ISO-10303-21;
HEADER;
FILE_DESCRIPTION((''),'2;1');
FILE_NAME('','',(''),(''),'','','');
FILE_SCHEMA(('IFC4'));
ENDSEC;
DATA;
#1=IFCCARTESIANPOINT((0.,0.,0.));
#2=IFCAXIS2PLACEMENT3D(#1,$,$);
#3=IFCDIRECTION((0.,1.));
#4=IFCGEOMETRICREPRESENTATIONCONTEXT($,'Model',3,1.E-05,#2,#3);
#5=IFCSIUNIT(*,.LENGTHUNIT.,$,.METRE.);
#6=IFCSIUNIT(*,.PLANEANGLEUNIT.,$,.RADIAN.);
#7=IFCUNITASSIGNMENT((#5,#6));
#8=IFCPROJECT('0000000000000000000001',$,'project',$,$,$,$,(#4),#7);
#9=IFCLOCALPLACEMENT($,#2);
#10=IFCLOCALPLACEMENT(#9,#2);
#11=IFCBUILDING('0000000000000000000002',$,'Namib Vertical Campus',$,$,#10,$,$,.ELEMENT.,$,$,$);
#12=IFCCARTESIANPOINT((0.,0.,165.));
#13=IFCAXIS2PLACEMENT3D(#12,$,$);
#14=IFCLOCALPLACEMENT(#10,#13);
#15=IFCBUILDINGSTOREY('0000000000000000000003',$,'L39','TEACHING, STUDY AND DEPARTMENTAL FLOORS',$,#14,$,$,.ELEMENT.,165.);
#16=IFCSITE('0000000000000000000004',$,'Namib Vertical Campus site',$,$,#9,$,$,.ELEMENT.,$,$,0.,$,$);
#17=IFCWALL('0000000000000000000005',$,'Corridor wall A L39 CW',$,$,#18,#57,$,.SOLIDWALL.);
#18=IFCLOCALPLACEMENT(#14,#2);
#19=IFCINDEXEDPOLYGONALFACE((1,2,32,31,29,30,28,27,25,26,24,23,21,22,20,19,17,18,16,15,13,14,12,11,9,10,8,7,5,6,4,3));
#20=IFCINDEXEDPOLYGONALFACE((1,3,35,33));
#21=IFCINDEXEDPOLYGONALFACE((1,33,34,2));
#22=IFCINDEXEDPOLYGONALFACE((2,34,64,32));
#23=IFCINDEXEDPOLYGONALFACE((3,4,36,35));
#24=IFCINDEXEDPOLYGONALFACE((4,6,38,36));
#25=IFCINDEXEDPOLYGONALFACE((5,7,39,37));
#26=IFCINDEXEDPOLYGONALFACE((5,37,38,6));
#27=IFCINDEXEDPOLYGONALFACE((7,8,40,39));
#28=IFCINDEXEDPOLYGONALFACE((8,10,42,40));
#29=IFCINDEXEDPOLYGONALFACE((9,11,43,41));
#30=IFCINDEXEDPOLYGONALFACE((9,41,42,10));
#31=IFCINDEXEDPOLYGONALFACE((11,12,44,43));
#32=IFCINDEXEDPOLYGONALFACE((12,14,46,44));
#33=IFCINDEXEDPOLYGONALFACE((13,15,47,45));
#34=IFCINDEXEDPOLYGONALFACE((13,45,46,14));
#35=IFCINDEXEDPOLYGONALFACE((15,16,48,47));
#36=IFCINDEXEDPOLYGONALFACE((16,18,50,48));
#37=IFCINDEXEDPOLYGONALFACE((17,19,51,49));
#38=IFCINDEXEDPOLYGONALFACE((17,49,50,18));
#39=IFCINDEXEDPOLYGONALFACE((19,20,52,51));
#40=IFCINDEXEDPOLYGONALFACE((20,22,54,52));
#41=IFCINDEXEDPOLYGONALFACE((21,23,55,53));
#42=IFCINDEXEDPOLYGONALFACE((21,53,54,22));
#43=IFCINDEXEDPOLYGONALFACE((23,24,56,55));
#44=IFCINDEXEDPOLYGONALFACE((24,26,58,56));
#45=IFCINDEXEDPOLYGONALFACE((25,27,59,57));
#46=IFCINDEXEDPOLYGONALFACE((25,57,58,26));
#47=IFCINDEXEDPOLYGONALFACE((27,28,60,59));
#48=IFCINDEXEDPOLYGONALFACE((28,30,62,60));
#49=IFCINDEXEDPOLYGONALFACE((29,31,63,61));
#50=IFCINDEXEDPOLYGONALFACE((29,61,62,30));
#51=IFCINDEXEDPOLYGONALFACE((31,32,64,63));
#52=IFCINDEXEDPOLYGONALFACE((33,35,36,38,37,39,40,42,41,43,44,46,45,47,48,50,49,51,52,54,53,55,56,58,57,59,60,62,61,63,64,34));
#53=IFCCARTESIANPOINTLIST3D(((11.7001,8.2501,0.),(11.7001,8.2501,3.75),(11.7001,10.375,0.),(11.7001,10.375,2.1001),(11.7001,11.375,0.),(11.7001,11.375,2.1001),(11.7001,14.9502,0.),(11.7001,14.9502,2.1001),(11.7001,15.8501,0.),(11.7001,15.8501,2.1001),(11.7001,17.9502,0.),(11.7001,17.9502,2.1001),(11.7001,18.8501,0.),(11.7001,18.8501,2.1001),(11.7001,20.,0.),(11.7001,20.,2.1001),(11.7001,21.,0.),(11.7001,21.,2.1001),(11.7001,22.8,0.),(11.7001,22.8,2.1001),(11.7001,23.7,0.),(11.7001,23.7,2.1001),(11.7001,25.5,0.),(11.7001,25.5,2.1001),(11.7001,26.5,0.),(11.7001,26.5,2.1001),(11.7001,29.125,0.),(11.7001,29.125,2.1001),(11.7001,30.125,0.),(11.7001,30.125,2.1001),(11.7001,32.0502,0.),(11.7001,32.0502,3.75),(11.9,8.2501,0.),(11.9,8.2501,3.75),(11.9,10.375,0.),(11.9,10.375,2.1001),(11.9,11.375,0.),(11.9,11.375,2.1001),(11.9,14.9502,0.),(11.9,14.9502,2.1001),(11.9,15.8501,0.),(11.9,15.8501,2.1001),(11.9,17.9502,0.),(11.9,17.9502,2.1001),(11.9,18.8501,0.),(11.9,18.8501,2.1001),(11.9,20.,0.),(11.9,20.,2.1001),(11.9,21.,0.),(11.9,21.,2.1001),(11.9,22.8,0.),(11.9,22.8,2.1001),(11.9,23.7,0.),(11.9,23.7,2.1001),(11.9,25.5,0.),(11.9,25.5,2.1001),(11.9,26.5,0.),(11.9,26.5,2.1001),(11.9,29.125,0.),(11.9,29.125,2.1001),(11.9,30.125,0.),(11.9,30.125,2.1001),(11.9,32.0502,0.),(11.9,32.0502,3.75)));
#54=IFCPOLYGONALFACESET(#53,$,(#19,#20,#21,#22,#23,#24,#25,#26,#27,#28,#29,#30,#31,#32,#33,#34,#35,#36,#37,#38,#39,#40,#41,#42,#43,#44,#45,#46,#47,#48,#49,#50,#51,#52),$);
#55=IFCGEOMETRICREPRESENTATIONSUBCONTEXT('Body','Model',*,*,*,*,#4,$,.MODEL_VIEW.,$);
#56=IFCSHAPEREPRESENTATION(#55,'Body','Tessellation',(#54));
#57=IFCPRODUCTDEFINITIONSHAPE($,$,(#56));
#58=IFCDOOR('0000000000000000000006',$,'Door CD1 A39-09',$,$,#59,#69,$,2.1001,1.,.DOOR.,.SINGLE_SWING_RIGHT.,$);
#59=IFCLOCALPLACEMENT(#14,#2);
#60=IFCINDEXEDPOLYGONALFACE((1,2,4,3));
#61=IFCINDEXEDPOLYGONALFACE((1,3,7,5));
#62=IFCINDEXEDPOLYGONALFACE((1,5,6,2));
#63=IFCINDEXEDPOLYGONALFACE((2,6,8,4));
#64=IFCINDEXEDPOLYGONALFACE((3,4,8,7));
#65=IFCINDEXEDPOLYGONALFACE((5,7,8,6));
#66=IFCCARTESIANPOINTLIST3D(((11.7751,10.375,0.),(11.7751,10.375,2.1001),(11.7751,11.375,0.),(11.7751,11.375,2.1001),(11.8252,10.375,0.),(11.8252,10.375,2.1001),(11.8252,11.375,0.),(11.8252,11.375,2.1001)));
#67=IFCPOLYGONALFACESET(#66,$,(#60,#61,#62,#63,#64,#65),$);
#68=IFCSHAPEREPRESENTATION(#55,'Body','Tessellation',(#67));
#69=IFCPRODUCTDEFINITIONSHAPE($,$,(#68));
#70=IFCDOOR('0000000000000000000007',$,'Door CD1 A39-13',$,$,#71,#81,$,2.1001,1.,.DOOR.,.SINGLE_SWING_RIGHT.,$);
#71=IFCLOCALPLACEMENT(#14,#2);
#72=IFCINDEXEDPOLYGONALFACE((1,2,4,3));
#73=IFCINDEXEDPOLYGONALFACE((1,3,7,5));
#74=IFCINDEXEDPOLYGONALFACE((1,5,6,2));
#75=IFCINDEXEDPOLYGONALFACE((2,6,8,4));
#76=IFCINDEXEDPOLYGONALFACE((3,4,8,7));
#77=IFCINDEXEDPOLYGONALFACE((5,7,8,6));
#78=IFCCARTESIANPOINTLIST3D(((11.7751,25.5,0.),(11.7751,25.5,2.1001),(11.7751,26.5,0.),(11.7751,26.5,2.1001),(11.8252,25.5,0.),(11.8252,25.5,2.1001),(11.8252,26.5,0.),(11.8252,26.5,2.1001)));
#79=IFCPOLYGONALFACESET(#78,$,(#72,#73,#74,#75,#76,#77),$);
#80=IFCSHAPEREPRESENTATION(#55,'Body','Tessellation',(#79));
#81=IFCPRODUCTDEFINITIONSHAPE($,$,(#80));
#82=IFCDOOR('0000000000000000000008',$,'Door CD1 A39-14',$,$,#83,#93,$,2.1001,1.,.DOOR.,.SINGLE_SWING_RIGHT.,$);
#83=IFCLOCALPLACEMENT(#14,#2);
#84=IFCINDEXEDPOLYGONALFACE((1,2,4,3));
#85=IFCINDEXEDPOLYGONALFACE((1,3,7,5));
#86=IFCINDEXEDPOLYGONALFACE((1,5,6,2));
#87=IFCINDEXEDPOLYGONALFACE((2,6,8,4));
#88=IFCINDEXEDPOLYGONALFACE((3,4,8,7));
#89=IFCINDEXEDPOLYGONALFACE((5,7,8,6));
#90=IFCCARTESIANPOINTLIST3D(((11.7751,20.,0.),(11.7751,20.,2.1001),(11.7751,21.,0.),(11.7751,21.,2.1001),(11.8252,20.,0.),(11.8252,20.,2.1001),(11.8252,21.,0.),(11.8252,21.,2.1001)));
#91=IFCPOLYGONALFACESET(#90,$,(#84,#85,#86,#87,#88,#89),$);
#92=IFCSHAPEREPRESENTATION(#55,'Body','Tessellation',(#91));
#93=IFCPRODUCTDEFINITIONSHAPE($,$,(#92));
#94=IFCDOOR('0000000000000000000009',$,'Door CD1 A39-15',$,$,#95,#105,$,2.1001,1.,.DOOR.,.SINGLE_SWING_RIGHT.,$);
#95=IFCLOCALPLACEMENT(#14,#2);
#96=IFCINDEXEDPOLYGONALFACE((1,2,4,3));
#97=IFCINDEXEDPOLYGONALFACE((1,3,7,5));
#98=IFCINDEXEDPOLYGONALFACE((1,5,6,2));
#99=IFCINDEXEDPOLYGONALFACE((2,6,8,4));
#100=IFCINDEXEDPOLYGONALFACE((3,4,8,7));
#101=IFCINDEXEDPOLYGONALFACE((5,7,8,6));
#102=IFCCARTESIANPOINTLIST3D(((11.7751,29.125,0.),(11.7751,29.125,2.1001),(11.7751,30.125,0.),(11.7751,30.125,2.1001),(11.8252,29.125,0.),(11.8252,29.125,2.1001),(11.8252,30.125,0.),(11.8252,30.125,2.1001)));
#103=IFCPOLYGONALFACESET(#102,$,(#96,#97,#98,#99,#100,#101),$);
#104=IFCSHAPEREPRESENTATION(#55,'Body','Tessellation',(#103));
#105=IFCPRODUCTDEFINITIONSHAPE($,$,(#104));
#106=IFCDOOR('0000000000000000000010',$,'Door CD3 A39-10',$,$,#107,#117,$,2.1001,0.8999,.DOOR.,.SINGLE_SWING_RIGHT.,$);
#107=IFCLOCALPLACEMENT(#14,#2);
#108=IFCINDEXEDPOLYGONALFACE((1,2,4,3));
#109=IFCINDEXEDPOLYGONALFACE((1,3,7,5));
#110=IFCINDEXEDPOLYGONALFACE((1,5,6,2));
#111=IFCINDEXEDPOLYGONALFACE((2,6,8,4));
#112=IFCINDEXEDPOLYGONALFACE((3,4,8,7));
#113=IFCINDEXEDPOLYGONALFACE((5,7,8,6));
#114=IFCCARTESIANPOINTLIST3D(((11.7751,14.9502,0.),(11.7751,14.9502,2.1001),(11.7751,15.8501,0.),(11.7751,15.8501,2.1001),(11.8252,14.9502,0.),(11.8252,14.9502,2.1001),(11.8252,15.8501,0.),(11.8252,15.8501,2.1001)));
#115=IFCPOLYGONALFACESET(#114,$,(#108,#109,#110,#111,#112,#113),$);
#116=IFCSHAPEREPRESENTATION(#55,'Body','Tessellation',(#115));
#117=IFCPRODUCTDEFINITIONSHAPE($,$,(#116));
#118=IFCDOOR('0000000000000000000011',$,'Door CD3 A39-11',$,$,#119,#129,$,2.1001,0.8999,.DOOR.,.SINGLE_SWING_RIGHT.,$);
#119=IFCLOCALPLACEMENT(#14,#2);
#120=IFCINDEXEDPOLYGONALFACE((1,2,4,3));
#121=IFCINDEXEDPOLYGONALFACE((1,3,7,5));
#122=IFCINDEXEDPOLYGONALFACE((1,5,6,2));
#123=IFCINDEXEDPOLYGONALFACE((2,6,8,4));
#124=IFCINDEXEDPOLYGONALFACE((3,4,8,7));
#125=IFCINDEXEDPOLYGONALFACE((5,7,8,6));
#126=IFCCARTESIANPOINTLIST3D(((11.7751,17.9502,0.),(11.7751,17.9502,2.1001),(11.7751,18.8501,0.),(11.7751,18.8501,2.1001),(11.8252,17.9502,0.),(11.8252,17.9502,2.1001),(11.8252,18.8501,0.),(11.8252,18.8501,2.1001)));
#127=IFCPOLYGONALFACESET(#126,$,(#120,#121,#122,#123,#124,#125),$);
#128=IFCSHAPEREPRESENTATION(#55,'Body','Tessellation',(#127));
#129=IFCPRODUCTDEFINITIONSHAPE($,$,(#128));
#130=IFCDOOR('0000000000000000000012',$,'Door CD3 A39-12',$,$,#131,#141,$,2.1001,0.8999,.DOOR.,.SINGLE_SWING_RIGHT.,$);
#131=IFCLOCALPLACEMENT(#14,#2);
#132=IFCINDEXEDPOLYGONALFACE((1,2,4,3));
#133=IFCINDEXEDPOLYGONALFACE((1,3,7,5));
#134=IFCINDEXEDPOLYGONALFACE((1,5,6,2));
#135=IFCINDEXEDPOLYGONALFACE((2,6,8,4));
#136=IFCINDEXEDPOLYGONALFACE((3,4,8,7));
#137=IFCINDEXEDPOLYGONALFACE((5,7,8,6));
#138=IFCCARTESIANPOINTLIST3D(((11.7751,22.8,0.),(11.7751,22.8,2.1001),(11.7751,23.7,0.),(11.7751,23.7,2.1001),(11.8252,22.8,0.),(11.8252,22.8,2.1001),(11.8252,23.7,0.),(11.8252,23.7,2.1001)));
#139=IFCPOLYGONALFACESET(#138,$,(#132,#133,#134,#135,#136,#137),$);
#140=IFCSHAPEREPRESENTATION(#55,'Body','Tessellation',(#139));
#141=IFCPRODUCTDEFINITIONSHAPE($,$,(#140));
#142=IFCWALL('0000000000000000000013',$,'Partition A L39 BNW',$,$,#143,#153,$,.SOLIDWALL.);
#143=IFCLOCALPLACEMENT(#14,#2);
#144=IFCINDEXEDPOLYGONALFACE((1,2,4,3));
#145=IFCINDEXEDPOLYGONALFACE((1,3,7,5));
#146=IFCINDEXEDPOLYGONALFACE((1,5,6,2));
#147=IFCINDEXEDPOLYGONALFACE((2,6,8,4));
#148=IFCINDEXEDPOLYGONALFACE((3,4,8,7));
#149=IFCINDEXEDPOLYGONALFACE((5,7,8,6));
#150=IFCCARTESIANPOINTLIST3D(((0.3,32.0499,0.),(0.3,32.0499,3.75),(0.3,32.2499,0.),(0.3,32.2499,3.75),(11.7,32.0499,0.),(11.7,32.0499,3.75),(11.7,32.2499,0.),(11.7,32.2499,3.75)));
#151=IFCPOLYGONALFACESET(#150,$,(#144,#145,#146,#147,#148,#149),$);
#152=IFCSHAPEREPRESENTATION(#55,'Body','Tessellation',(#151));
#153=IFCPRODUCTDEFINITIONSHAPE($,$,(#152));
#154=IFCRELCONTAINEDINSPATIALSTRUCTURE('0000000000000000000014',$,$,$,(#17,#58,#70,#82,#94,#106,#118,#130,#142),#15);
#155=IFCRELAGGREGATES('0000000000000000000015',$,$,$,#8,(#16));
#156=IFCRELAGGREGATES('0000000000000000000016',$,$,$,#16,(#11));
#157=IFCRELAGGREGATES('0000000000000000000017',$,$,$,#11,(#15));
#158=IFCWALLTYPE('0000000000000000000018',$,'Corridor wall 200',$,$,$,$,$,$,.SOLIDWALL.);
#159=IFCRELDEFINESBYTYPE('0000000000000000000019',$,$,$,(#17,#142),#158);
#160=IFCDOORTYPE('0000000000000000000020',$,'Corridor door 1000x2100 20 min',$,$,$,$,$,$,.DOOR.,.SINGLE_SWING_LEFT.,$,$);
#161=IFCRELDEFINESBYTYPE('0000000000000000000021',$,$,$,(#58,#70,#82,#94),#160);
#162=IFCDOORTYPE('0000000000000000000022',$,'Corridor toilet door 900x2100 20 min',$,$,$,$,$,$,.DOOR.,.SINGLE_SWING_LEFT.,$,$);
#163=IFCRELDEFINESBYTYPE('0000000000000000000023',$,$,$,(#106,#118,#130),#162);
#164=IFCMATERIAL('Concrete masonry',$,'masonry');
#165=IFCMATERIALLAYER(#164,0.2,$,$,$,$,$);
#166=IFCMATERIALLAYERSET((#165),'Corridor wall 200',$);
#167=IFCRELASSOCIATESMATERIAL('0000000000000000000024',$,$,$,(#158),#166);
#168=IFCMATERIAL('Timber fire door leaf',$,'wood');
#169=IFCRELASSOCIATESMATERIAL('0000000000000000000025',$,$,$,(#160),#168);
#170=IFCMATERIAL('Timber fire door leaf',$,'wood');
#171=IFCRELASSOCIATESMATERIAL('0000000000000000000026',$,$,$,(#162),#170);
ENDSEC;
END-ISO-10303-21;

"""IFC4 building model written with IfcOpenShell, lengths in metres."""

from ifc_helpers import new_model, si_unit, direction, frame, frame_2d, origin, place, context, subcontext, project, spatial, rectangle, extrude, material, layer, layer_set, type_object, element, fill, save


model = new_model("IFC4")

# Units and contexts
model_context = context("Model", 3, precision=1e-05, world=origin(), true_north=direction((0.0, 1.0)))
body_context = subcontext(model_context, "Body", "Model", "MODEL_VIEW")
ifc_project = project(units=[si_unit("LENGTHUNIT", "METRE"), si_unit("PLANEANGLEUNIT", "RADIAN")], contexts=[model_context])

# Site, building, storey
site_placement = place(None, origin())
site = spatial("IfcSite", under=ifc_project, at=site_placement, Name="Namib Vertical Campus site", CompositionType="ELEMENT", RefElevation=0.0)
building_placement = place(site_placement, origin())
building = spatial("IfcBuilding", under=site, at=building_placement, Name="Namib Vertical Campus", CompositionType="ELEMENT")
storey_placement = place(building_placement, frame((0.0, 0.0, 165.0)))
storey = spatial("IfcBuildingStorey", under=building, at=storey_placement, Name="L39", Description="TEACHING, STUDY AND DEPARTMENTAL FLOORS", CompositionType="ELEMENT", Elevation=165.0)

# Wall, openings, doors
ifc_material_1 = material(Name="Concrete masonry", Category="masonry")
ifc_layer_1 = layer(ifc_material_1, 0.2)
ifc_layer_set_1 = layer_set([ifc_layer_1], Name="Corridor wall 200")
wall_type_1 = type_object("IfcWallType", Name="Corridor wall 200", PredefinedType="SOLIDWALL", material=ifc_layer_set_1)
wall_1_placement = place(storey_placement, frame((11.8, 32.05, 0.0), z_axis=(0.0, 0.0, 1.0), x_axis=(0.0, -1.0, 0.0)))
wall_1 = element("IfcWall", 1, at=wall_1_placement, inside=storey, type_object=wall_type_1, Name="Corridor wall A L39 CW", PredefinedType="SOLIDWALL", context=body_context, shape_type="SweptSolid", body=[
    extrude(rectangle(XDim=23.8, YDim=0.2, at=frame_2d((11.8999, 0.0))), origin(), (0.0, 0.0, 1.0), 3.75),
])
opening_1_placement = place(wall_1_placement, frame((20.675, 0.0, 0.0)))
opening_1 = element("IfcOpeningElement", 2, at=opening_1_placement, cuts=wall_1, PredefinedType="OPENING", context=body_context, shape_type="SweptSolid", body=[
    extrude(rectangle(XDim=1.0, YDim=2.1001, at=frame_2d((0.5, 1.05))), frame((0.0, 0.1099, 0.0), z_axis=(0.0, -1.0, 0.0), x_axis=(1.0, 0.0, 0.0)), (0.0, 0.0, 1.0), 0.22),
])
opening_2_placement = place(wall_1_placement, frame((16.2, 0.0, 0.0)))
opening_2 = element("IfcOpeningElement", 3, at=opening_2_placement, cuts=wall_1, PredefinedType="OPENING", context=body_context, shape_type="SweptSolid", body=[
    extrude(rectangle(XDim=0.8999, YDim=2.1001, at=frame_2d((0.45, 1.05))), frame((0.0, 0.1099, 0.0), z_axis=(0.0, -1.0, 0.0), x_axis=(1.0, 0.0, 0.0)), (0.0, 0.0, 1.0), 0.22),
])
opening_3_placement = place(wall_1_placement, frame((13.2, 0.0, 0.0)))
opening_3 = element("IfcOpeningElement", 4, at=opening_3_placement, cuts=wall_1, PredefinedType="OPENING", context=body_context, shape_type="SweptSolid", body=[
    extrude(rectangle(XDim=0.8999, YDim=2.1001, at=frame_2d((0.45, 1.05))), frame((0.0, 0.1099, 0.0), z_axis=(0.0, -1.0, 0.0), x_axis=(1.0, 0.0, 0.0)), (0.0, 0.0, 1.0), 0.22),
])
opening_4_placement = place(wall_1_placement, frame((8.3501, 0.0, 0.0)))
opening_4 = element("IfcOpeningElement", 5, at=opening_4_placement, cuts=wall_1, PredefinedType="OPENING", context=body_context, shape_type="SweptSolid", body=[
    extrude(rectangle(XDim=0.8999, YDim=2.1001, at=frame_2d((0.45, 1.05))), frame((0.0, 0.1099, 0.0), z_axis=(0.0, -1.0, 0.0), x_axis=(1.0, 0.0, 0.0)), (0.0, 0.0, 1.0), 0.22),
])
opening_5_placement = place(wall_1_placement, frame((5.55, 0.0, 0.0)))
opening_5 = element("IfcOpeningElement", 6, at=opening_5_placement, cuts=wall_1, PredefinedType="OPENING", context=body_context, shape_type="SweptSolid", body=[
    extrude(rectangle(XDim=1.0, YDim=2.1001, at=frame_2d((0.5, 1.05))), frame((0.0, 0.1099, 0.0), z_axis=(0.0, -1.0, 0.0), x_axis=(1.0, 0.0, 0.0)), (0.0, 0.0, 1.0), 0.22),
])
opening_6_placement = place(wall_1_placement, frame((11.05, 0.0, 0.0)))
opening_6 = element("IfcOpeningElement", 7, at=opening_6_placement, cuts=wall_1, PredefinedType="OPENING", context=body_context, shape_type="SweptSolid", body=[
    extrude(rectangle(XDim=1.0, YDim=2.1001, at=frame_2d((0.5, 1.05))), frame((0.0, 0.1099, 0.0), z_axis=(0.0, -1.0, 0.0), x_axis=(1.0, 0.0, 0.0)), (0.0, 0.0, 1.0), 0.22),
])
opening_7_placement = place(wall_1_placement, frame((1.925, 0.0, 0.0)))
opening_7 = element("IfcOpeningElement", 8, at=opening_7_placement, cuts=wall_1, PredefinedType="OPENING", context=body_context, shape_type="SweptSolid", body=[
    extrude(rectangle(XDim=1.0, YDim=2.1001, at=frame_2d((0.5, 1.05))), frame((0.0, 0.1099, 0.0), z_axis=(0.0, -1.0, 0.0), x_axis=(1.0, 0.0, 0.0)), (0.0, 0.0, 1.0), 0.22),
])
ifc_material_2 = material(Name="Timber fire door leaf", Category="wood")
door_type_1 = type_object("IfcDoorType", Name="Corridor door 1000x2100 20 min", OperationType="SINGLE_SWING_LEFT", PredefinedType="DOOR", material=ifc_material_2)
door_1_placement = place(opening_1_placement, frame((1.0, 0.0, 0.0), z_axis=(0.0, 0.0, 1.0), x_axis=(-1.0, 0.0, 0.0)))
door_1 = element("IfcDoor", 9, at=door_1_placement, inside=storey, type_object=door_type_1, Name="Door CD1 A39-09", OperationType="SINGLE_SWING_RIGHT", OverallHeight=2.1001, OverallWidth=1.0, PredefinedType="DOOR", context=body_context, shape_type="SweptSolid", body=[
    extrude(rectangle(XDim=1.0, YDim=2.1001, at=frame_2d((0.5, 1.05))), frame((0.0, 0.0249, 0.0), z_axis=(0.0, -1.0, 0.0), x_axis=(1.0, 0.0, 0.0)), (0.0, 0.0, 1.0), 0.05),
])
fill(opening_1, door_1)
door_2_placement = place(opening_5_placement, frame((1.0, 0.0, 0.0), z_axis=(0.0, 0.0, 1.0), x_axis=(-1.0, 0.0, 0.0)))
door_2 = element("IfcDoor", 10, at=door_2_placement, inside=storey, type_object=door_type_1, Name="Door CD1 A39-13", OperationType="SINGLE_SWING_RIGHT", OverallHeight=2.1001, OverallWidth=1.0, PredefinedType="DOOR", context=body_context, shape_type="SweptSolid", body=[
    extrude(rectangle(XDim=1.0, YDim=2.1001, at=frame_2d((0.5, 1.05))), frame((0.0, 0.0249, 0.0), z_axis=(0.0, -1.0, 0.0), x_axis=(1.0, 0.0, 0.0)), (0.0, 0.0, 1.0), 0.05),
])
fill(opening_5, door_2)
door_3_placement = place(opening_6_placement, frame((1.0, 0.0, 0.0), z_axis=(0.0, 0.0, 1.0), x_axis=(-1.0, 0.0, 0.0)))
door_3 = element("IfcDoor", 11, at=door_3_placement, inside=storey, type_object=door_type_1, Name="Door CD1 A39-14", OperationType="SINGLE_SWING_RIGHT", OverallHeight=2.1001, OverallWidth=1.0, PredefinedType="DOOR", context=body_context, shape_type="SweptSolid", body=[
    extrude(rectangle(XDim=1.0, YDim=2.1001, at=frame_2d((0.5, 1.05))), frame((0.0, 0.0249, 0.0), z_axis=(0.0, -1.0, 0.0), x_axis=(1.0, 0.0, 0.0)), (0.0, 0.0, 1.0), 0.05),
])
fill(opening_6, door_3)
door_4_placement = place(opening_7_placement, frame((1.0, 0.0, 0.0), z_axis=(0.0, 0.0, 1.0), x_axis=(-1.0, 0.0, 0.0)))
door_4 = element("IfcDoor", 12, at=door_4_placement, inside=storey, type_object=door_type_1, Name="Door CD1 A39-15", OperationType="SINGLE_SWING_RIGHT", OverallHeight=2.1001, OverallWidth=1.0, PredefinedType="DOOR", context=body_context, shape_type="SweptSolid", body=[
    extrude(rectangle(XDim=1.0, YDim=2.1001, at=frame_2d((0.5, 1.05))), frame((0.0, 0.0249, 0.0), z_axis=(0.0, -1.0, 0.0), x_axis=(1.0, 0.0, 0.0)), (0.0, 0.0, 1.0), 0.05),
])
fill(opening_7, door_4)
ifc_material_3 = material(Name="Timber fire door leaf", Category="wood")
door_type_2 = type_object("IfcDoorType", Name="Corridor toilet door 900x2100 20 min", OperationType="SINGLE_SWING_LEFT", PredefinedType="DOOR", material=ifc_material_3)
door_5_placement = place(opening_2_placement, frame((0.8999, 0.0, 0.0), z_axis=(0.0, 0.0, 1.0), x_axis=(-1.0, 0.0, 0.0)))
door_5 = element("IfcDoor", 13, at=door_5_placement, inside=storey, type_object=door_type_2, Name="Door CD3 A39-10", OperationType="SINGLE_SWING_RIGHT", OverallHeight=2.1001, OverallWidth=0.8999, PredefinedType="DOOR", context=body_context, shape_type="SweptSolid", body=[
    extrude(rectangle(XDim=0.8999, YDim=2.1001, at=frame_2d((0.45, 1.05))), frame((0.0, 0.0249, 0.0), z_axis=(0.0, -1.0, 0.0), x_axis=(1.0, 0.0, 0.0)), (0.0, 0.0, 1.0), 0.05),
])
fill(opening_2, door_5)
door_6_placement = place(opening_3_placement, frame((0.8999, 0.0, 0.0), z_axis=(0.0, 0.0, 1.0), x_axis=(-1.0, 0.0, 0.0)))
door_6 = element("IfcDoor", 14, at=door_6_placement, inside=storey, type_object=door_type_2, Name="Door CD3 A39-11", OperationType="SINGLE_SWING_RIGHT", OverallHeight=2.1001, OverallWidth=0.8999, PredefinedType="DOOR", context=body_context, shape_type="SweptSolid", body=[
    extrude(rectangle(XDim=0.8999, YDim=2.1001, at=frame_2d((0.45, 1.05))), frame((0.0, 0.0249, 0.0), z_axis=(0.0, -1.0, 0.0), x_axis=(1.0, 0.0, 0.0)), (0.0, 0.0, 1.0), 0.05),
])
fill(opening_3, door_6)
door_7_placement = place(opening_4_placement, frame((0.8999, 0.0, 0.0), z_axis=(0.0, 0.0, 1.0), x_axis=(-1.0, 0.0, 0.0)))
door_7 = element("IfcDoor", 15, at=door_7_placement, inside=storey, type_object=door_type_2, Name="Door CD3 A39-12", OperationType="SINGLE_SWING_RIGHT", OverallHeight=2.1001, OverallWidth=0.8999, PredefinedType="DOOR", context=body_context, shape_type="SweptSolid", body=[
    extrude(rectangle(XDim=0.8999, YDim=2.1001, at=frame_2d((0.45, 1.05))), frame((0.0, 0.0249, 0.0), z_axis=(0.0, -1.0, 0.0), x_axis=(1.0, 0.0, 0.0)), (0.0, 0.0, 1.0), 0.05),
])
fill(opening_4, door_7)

# Wall
wall_2_placement = place(storey_placement, frame((0.3, 32.1499, 0.0), z_axis=(0.0, 0.0, 1.0), x_axis=(1.0, 0.0, 0.0)))
element("IfcWall", 16, at=wall_2_placement, inside=storey, type_object=wall_type_1, Name="Partition A L39 BNW", PredefinedType="SOLIDWALL", context=body_context, shape_type="SweptSolid", body=[
    extrude(rectangle(XDim=11.3999, YDim=0.2, at=frame_2d((5.7, 0.0))), origin(), (0.0, 0.0, 1.0), 3.75),
])

save(model, "model.ifc")
